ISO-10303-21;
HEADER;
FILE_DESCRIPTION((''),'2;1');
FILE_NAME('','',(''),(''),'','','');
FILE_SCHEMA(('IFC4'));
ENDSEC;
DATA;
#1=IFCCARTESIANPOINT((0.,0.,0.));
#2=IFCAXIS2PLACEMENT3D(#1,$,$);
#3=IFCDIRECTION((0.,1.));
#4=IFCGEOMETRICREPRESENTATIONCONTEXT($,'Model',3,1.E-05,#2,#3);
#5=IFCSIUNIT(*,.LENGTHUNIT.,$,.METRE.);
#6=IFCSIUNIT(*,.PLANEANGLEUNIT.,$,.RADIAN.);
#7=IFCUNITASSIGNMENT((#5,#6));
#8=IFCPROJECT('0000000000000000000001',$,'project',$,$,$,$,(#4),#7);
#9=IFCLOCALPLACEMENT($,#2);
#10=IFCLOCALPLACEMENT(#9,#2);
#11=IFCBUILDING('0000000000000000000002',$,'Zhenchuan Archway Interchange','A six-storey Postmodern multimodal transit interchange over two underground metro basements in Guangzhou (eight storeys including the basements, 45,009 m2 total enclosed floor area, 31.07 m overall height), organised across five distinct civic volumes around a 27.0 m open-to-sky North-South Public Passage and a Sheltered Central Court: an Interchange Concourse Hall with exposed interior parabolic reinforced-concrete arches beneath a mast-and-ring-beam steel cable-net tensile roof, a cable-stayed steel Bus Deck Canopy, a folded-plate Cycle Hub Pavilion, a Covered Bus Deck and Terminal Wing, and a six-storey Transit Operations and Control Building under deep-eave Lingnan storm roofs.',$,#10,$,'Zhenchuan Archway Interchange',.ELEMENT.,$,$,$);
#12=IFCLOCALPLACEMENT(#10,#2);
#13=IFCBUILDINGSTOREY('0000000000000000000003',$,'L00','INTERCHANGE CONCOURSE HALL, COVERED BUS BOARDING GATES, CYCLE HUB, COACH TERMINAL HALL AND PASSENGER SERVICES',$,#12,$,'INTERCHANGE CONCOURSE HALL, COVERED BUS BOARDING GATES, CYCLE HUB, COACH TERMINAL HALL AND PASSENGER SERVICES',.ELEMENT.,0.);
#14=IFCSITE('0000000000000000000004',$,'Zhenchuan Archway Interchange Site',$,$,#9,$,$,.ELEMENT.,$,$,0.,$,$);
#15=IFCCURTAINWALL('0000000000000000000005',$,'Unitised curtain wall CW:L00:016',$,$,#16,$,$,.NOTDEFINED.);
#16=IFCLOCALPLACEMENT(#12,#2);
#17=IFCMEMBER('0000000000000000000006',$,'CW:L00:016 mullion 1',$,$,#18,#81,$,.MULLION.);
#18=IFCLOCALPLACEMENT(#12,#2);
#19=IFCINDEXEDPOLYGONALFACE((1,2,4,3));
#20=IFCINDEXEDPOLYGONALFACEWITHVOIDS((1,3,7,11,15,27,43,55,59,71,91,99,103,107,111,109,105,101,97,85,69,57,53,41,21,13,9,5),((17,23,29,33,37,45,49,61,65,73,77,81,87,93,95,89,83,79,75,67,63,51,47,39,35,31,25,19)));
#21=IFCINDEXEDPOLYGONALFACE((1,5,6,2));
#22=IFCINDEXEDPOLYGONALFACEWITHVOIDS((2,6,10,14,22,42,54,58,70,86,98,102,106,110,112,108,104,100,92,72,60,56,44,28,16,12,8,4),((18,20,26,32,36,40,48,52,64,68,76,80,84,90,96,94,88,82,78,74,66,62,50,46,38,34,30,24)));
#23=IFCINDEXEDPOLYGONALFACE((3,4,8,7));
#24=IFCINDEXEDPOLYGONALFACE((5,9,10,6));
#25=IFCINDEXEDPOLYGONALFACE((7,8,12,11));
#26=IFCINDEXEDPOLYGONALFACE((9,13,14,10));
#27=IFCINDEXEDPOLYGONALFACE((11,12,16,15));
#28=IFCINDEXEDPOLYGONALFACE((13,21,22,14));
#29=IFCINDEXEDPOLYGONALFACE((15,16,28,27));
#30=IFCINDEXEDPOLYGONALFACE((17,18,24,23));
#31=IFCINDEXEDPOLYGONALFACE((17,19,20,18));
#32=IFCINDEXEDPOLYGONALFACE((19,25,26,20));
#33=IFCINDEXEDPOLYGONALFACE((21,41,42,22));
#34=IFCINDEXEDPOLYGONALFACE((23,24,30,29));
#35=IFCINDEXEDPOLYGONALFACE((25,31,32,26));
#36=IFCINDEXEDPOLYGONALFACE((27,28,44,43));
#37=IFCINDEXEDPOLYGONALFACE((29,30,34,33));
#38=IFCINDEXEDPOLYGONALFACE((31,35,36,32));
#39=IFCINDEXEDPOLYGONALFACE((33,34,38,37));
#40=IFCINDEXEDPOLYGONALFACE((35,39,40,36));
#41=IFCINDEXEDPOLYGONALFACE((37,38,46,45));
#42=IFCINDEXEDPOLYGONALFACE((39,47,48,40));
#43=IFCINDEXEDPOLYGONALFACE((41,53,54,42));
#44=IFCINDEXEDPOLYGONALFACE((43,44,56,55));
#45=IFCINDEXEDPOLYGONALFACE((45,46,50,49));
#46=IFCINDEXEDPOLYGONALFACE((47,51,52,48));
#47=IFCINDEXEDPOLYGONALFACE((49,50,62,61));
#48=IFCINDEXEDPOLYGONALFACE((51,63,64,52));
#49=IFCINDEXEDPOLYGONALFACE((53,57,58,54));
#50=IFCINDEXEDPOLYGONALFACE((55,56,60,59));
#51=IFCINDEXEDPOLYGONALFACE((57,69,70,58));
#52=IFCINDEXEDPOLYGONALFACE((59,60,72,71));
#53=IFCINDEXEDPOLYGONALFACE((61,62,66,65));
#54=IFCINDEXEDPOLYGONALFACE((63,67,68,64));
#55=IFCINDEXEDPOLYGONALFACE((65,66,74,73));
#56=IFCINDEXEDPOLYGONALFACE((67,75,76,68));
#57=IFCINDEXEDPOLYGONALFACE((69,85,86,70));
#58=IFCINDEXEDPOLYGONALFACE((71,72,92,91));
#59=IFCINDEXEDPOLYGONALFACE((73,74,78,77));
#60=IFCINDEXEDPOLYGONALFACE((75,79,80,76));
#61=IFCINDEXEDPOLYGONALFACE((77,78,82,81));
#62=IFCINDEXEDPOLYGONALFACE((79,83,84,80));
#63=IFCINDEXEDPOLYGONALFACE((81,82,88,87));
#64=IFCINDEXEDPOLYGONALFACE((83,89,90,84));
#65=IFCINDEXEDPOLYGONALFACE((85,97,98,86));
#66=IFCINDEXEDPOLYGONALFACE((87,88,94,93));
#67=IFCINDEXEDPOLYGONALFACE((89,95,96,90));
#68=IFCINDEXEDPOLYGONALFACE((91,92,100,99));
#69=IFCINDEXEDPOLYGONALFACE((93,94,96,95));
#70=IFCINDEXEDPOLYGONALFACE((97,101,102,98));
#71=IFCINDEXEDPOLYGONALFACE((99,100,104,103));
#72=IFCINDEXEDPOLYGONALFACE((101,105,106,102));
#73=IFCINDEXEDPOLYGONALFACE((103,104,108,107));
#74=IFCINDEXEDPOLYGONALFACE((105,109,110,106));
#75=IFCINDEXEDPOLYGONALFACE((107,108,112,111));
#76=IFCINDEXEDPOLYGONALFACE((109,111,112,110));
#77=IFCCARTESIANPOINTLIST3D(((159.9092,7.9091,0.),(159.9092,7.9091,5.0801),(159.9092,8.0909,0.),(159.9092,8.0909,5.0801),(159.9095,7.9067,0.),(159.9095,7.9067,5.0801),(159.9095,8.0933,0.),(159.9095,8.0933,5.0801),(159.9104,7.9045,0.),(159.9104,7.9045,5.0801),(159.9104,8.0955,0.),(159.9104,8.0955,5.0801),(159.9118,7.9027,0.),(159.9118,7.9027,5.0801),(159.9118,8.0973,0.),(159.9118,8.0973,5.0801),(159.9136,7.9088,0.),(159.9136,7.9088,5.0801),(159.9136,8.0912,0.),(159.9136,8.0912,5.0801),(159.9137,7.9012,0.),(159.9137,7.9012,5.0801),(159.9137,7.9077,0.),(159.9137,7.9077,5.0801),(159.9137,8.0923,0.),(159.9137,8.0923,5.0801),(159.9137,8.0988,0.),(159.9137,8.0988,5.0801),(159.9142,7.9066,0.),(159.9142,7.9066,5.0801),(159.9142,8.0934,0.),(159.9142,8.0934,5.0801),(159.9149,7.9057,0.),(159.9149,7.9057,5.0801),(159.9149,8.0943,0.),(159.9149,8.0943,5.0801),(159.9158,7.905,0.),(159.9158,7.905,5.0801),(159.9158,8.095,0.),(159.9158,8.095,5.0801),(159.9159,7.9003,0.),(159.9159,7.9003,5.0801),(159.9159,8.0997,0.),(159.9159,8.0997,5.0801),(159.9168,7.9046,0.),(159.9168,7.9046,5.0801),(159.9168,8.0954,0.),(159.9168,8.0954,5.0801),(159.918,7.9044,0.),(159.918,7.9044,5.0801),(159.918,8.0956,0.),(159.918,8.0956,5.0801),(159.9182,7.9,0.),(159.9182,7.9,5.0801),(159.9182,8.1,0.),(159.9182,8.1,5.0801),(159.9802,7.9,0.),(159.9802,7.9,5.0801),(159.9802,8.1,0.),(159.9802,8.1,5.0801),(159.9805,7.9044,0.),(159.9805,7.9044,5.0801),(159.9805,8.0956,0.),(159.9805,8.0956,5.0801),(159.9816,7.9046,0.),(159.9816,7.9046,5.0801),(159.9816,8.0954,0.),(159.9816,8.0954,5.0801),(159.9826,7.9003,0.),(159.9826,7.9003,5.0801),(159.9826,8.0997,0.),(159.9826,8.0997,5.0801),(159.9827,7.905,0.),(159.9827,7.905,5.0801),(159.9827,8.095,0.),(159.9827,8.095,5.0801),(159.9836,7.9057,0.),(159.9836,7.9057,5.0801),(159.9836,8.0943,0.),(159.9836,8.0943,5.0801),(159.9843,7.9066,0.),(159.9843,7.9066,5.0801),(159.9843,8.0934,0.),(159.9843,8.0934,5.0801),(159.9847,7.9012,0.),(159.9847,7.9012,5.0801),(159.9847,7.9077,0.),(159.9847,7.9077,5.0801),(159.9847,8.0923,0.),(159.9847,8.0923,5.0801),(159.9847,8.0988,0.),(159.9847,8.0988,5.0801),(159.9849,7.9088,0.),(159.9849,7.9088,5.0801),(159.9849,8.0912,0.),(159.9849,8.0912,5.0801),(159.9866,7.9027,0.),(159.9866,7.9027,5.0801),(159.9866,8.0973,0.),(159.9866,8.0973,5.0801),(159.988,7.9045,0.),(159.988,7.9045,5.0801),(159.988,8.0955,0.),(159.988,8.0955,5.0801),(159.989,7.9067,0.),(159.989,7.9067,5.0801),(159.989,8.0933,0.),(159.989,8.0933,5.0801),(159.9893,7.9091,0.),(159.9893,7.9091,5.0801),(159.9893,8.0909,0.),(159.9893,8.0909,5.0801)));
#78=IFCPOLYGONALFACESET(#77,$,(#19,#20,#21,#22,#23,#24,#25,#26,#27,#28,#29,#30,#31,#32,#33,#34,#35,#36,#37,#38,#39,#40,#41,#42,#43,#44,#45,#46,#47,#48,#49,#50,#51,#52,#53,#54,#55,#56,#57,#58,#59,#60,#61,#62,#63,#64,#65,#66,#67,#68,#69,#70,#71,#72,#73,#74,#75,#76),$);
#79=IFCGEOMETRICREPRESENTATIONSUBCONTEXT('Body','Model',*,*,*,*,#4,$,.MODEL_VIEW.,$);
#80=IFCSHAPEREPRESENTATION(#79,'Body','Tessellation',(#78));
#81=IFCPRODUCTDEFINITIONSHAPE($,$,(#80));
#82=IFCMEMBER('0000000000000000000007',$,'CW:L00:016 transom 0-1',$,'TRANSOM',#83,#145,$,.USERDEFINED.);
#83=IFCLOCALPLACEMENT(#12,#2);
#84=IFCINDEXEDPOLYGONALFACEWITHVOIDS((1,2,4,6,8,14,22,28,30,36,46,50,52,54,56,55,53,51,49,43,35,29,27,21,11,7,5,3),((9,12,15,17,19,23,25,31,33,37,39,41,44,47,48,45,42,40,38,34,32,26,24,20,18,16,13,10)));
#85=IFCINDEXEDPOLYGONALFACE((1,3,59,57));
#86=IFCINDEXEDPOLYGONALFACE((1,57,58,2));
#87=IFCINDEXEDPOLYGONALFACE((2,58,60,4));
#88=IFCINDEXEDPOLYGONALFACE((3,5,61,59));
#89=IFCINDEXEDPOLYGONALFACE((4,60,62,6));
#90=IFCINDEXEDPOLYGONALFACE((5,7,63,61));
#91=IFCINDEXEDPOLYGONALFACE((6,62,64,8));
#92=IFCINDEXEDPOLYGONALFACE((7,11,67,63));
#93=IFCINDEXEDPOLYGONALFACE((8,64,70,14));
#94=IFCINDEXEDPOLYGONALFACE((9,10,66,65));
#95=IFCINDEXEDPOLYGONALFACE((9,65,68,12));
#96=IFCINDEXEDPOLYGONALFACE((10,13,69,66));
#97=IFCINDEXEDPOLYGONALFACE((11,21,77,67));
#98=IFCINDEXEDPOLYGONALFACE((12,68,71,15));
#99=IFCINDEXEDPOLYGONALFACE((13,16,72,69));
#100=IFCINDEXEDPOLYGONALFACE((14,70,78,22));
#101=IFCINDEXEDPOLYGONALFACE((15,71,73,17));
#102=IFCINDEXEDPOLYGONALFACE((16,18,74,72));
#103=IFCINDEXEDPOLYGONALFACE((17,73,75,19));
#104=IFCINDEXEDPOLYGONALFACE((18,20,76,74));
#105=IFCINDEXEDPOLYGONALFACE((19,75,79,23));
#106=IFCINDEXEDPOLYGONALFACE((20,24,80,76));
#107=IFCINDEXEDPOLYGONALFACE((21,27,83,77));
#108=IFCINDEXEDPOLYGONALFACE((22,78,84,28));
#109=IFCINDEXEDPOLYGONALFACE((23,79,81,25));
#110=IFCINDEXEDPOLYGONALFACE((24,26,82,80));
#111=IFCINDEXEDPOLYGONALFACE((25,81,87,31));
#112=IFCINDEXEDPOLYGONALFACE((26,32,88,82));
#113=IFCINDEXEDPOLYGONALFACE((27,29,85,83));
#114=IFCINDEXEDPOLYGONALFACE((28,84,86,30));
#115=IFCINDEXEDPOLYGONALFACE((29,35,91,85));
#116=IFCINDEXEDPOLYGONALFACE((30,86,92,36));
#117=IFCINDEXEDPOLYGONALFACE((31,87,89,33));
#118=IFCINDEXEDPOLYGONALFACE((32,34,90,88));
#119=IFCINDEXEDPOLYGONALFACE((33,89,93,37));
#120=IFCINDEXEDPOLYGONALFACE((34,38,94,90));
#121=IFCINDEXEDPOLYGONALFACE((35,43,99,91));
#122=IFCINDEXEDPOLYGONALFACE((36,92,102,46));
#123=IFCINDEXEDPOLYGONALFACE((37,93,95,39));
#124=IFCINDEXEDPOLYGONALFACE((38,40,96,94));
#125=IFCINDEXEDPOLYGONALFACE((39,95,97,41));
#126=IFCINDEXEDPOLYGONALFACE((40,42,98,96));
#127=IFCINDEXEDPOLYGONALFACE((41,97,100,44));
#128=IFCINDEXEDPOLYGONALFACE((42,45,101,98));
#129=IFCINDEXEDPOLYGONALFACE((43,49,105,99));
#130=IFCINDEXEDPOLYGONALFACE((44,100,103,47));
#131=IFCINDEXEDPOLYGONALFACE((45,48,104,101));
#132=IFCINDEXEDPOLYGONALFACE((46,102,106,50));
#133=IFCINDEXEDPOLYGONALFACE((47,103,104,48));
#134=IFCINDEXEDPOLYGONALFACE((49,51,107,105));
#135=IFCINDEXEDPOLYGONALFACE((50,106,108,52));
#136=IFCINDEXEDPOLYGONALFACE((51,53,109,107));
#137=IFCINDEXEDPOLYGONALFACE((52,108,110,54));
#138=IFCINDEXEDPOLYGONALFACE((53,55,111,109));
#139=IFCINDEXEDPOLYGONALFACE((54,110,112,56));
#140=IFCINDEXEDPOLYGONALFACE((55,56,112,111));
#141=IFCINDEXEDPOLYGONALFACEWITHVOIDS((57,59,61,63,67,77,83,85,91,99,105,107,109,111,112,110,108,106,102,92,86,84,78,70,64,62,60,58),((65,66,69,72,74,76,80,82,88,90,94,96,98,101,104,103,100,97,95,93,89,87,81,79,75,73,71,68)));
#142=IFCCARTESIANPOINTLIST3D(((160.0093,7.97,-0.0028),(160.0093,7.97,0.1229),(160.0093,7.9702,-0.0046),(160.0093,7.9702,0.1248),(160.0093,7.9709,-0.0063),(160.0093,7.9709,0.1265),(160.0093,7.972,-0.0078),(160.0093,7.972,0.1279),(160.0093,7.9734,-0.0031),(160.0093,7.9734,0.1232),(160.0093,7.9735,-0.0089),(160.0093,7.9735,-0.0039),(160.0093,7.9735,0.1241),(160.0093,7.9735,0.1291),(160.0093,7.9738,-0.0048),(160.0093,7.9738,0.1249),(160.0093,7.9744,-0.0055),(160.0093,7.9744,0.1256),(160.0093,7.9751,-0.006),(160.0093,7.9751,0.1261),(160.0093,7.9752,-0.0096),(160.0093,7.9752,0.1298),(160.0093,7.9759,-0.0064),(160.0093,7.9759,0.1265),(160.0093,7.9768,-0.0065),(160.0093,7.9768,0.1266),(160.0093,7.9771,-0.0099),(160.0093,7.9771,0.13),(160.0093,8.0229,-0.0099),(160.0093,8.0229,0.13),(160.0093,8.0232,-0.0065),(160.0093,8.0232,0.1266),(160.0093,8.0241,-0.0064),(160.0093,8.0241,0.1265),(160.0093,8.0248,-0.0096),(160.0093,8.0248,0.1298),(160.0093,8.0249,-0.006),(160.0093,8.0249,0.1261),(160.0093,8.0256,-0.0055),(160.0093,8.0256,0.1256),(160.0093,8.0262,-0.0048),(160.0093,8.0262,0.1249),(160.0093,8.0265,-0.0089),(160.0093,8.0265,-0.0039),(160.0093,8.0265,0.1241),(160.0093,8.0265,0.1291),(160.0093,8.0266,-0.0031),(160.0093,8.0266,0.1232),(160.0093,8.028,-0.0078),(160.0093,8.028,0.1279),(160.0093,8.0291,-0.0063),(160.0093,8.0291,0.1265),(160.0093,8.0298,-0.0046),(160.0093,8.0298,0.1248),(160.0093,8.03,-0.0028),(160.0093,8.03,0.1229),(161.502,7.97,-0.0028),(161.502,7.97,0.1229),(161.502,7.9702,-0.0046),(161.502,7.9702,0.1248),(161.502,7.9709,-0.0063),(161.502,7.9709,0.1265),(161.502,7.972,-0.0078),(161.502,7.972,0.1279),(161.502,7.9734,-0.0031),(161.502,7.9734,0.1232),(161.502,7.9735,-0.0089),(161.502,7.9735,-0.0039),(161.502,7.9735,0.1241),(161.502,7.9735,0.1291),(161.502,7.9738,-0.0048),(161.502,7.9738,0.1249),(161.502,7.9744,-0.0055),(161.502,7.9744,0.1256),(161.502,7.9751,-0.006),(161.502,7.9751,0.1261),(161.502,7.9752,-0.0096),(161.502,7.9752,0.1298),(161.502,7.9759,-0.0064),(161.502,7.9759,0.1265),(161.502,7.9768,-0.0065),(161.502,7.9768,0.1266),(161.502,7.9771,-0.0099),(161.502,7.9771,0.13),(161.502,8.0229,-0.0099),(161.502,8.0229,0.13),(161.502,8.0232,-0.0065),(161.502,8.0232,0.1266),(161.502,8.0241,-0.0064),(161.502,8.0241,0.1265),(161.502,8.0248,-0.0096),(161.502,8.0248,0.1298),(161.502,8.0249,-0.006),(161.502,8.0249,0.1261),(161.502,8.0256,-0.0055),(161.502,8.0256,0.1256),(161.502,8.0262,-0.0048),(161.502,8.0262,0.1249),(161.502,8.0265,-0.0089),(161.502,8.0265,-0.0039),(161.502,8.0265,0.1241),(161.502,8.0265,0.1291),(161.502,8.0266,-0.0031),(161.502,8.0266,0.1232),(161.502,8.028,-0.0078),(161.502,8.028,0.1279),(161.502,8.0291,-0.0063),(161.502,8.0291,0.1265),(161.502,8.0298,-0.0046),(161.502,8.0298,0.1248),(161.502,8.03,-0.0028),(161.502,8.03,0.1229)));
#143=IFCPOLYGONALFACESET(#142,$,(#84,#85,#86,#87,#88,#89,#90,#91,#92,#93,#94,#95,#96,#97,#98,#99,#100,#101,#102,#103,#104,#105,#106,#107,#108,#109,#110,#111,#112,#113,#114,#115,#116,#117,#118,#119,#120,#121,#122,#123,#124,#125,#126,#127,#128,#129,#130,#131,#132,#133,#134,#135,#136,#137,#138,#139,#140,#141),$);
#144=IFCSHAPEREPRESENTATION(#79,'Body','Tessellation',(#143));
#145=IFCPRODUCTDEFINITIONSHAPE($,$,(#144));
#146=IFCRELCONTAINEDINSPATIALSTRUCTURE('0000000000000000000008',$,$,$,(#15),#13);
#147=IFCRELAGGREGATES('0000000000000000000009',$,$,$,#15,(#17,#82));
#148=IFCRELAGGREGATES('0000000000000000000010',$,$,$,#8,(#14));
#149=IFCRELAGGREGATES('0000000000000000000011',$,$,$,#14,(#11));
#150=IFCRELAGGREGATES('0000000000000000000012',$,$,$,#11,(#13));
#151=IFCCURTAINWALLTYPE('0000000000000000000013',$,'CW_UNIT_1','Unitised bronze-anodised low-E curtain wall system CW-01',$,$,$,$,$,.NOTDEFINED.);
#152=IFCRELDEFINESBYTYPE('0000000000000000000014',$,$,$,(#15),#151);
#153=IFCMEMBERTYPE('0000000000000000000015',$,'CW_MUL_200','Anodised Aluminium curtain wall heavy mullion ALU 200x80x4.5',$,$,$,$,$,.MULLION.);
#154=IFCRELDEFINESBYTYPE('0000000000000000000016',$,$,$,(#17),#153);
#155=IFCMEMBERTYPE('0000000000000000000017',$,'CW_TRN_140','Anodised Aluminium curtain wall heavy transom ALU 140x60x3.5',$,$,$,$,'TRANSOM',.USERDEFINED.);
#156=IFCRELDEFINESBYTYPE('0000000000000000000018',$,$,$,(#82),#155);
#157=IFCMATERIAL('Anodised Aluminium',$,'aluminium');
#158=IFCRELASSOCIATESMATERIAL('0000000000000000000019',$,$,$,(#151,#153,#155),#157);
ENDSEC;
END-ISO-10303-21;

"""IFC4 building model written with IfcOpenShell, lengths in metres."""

from ifc_helpers import new_model, si_unit, direction, frame, origin, origin_2d, place, context, subcontext, project, spatial, hollow_rectangle, extrude, material, material_profile, profile_set, type_object, element, aggregate, save


model = new_model("IFC4")

# Units and contexts
model_context = context("Model", 3, precision=1e-05, world=origin(), true_north=direction((0.0, 1.0)))
body_context = subcontext(model_context, "Body", "Model", "MODEL_VIEW")
ifc_project = project(units=[si_unit("LENGTHUNIT", "METRE"), si_unit("PLANEANGLEUNIT", "RADIAN")], contexts=[model_context])

# Site, building, storey
site_placement = place(None, origin())
site = spatial("IfcSite", under=ifc_project, at=site_placement, Name="Zhenchuan Archway Interchange Site", CompositionType="ELEMENT", RefElevation=0.0)
building_placement = place(site_placement, origin())
building = spatial("IfcBuilding", under=site, at=building_placement, Name="Zhenchuan Archway Interchange", Description="A six-storey Postmodern multimodal transit interchange over two underground metro basements in Guangzhou (eight storeys including the basements, 45,009 m2 total enclosed floor area, 31.07 m overall height), organised across five distinct civic volumes around a 27.0 m open-to-sky North-South Public Passage and a Sheltered Central Court: an Interchange Concourse Hall with exposed interior parabolic reinforced-concrete arches beneath a mast-and-ring-beam steel cable-net tensile roof, a cable-stayed steel Bus Deck Canopy, a folded-plate Cycle Hub Pavilion, a Covered Bus Deck and Terminal Wing, and a six-storey Transit Operations and Control Building under deep-eave Lingnan storm roofs.", LongName="Zhenchuan Archway Interchange", CompositionType="ELEMENT")
storey_placement = place(building_placement, origin())
storey = spatial("IfcBuildingStorey", under=building, at=storey_placement, Name="L00", Description="INTERCHANGE CONCOURSE HALL, COVERED BUS BOARDING GATES, CYCLE HUB, COACH TERMINAL HALL AND PASSENGER SERVICES", LongName="INTERCHANGE CONCOURSE HALL, COVERED BUS BOARDING GATES, CYCLE HUB, COACH TERMINAL HALL AND PASSENGER SERVICES", CompositionType="ELEMENT", Elevation=0.0)

# Curtain wall, members
ifc_material_1 = material(Name="Anodised Aluminium", Category="aluminium")
curtain_wall_type = type_object("IfcCurtainWallType", Name="CW_UNIT_1", Description="Unitised bronze-anodised low-E curtain wall system CW-01", PredefinedType="NOTDEFINED", material=ifc_material_1)
curtain_wall_placement = place(storey_placement, origin())
curtain_wall = element("IfcCurtainWall", 1, at=curtain_wall_placement, inside=storey, type_object=curtain_wall_type, Name="Unitised curtain wall CW:L00:016", PredefinedType="NOTDEFINED")
ifc_material_profile_1 = material_profile(ifc_material_1, hollow_rectangle(XDim=0.0801, YDim=0.2, WallThickness=0.0044, InnerFilletRadius=0.0044, OuterFilletRadius=0.009, at=origin_2d()), Name="ALU 200x80x4.5")
ifc_profile_set_1 = profile_set([ifc_material_profile_1], Name="Anodised Aluminium")
member_type_1 = type_object("IfcMemberType", Name="CW_MUL_200", Description="Anodised Aluminium curtain wall heavy mullion ALU 200x80x4.5", PredefinedType="MULLION", material=ifc_profile_set_1)
member_1_placement = place(storey_placement, frame((159.9492, 8.0, 0.0), z_axis=(0.0, 0.0, 1.0), x_axis=(1.0, 0.0, 0.0)))
member_1 = element("IfcMember", 2, at=member_1_placement, type_object=member_type_1, Name="CW:L00:016 mullion 1", PredefinedType="MULLION", context=body_context, shape_type="SweptSolid", body=[
    extrude(hollow_rectangle(XDim=0.0801, YDim=0.2, WallThickness=0.0044, InnerFilletRadius=0.0044, OuterFilletRadius=0.009, at=origin_2d()), origin(), (0.0, 0.0, 1.0), 5.0801),
])
ifc_material_profile_2 = material_profile(ifc_material_1, hollow_rectangle(XDim=0.0601, YDim=0.1399, WallThickness=0.0034, InnerFilletRadius=0.0034, OuterFilletRadius=0.0071, at=origin_2d()), Name="ALU 140x60x3.5")
ifc_profile_set_2 = profile_set([ifc_material_profile_2], Name="Anodised Aluminium")
member_type_2 = type_object("IfcMemberType", Name="CW_TRN_140", Description="Anodised Aluminium curtain wall heavy transom ALU 140x60x3.5", ElementType="TRANSOM", PredefinedType="USERDEFINED", material=ifc_profile_set_2)
member_2_placement = place(storey_placement, frame((161.502, 8.0, 0.0601), z_axis=(-1.0, 0.0, 0.0), x_axis=(0.0, -1.0, 0.0)))
member_2 = element("IfcMember", 3, at=member_2_placement, type_object=member_type_2, Name="CW:L00:016 transom 0-1", ObjectType="TRANSOM", PredefinedType="USERDEFINED", context=body_context, shape_type="SweptSolid", body=[
    extrude(hollow_rectangle(XDim=0.0601, YDim=0.1399, WallThickness=0.0034, InnerFilletRadius=0.0034, OuterFilletRadius=0.0071, at=origin_2d()), origin(), (0.0, 0.0, 1.0), 1.4927),
])

aggregate(curtain_wall, [member_1, member_2])

save(model, "model.ifc")
